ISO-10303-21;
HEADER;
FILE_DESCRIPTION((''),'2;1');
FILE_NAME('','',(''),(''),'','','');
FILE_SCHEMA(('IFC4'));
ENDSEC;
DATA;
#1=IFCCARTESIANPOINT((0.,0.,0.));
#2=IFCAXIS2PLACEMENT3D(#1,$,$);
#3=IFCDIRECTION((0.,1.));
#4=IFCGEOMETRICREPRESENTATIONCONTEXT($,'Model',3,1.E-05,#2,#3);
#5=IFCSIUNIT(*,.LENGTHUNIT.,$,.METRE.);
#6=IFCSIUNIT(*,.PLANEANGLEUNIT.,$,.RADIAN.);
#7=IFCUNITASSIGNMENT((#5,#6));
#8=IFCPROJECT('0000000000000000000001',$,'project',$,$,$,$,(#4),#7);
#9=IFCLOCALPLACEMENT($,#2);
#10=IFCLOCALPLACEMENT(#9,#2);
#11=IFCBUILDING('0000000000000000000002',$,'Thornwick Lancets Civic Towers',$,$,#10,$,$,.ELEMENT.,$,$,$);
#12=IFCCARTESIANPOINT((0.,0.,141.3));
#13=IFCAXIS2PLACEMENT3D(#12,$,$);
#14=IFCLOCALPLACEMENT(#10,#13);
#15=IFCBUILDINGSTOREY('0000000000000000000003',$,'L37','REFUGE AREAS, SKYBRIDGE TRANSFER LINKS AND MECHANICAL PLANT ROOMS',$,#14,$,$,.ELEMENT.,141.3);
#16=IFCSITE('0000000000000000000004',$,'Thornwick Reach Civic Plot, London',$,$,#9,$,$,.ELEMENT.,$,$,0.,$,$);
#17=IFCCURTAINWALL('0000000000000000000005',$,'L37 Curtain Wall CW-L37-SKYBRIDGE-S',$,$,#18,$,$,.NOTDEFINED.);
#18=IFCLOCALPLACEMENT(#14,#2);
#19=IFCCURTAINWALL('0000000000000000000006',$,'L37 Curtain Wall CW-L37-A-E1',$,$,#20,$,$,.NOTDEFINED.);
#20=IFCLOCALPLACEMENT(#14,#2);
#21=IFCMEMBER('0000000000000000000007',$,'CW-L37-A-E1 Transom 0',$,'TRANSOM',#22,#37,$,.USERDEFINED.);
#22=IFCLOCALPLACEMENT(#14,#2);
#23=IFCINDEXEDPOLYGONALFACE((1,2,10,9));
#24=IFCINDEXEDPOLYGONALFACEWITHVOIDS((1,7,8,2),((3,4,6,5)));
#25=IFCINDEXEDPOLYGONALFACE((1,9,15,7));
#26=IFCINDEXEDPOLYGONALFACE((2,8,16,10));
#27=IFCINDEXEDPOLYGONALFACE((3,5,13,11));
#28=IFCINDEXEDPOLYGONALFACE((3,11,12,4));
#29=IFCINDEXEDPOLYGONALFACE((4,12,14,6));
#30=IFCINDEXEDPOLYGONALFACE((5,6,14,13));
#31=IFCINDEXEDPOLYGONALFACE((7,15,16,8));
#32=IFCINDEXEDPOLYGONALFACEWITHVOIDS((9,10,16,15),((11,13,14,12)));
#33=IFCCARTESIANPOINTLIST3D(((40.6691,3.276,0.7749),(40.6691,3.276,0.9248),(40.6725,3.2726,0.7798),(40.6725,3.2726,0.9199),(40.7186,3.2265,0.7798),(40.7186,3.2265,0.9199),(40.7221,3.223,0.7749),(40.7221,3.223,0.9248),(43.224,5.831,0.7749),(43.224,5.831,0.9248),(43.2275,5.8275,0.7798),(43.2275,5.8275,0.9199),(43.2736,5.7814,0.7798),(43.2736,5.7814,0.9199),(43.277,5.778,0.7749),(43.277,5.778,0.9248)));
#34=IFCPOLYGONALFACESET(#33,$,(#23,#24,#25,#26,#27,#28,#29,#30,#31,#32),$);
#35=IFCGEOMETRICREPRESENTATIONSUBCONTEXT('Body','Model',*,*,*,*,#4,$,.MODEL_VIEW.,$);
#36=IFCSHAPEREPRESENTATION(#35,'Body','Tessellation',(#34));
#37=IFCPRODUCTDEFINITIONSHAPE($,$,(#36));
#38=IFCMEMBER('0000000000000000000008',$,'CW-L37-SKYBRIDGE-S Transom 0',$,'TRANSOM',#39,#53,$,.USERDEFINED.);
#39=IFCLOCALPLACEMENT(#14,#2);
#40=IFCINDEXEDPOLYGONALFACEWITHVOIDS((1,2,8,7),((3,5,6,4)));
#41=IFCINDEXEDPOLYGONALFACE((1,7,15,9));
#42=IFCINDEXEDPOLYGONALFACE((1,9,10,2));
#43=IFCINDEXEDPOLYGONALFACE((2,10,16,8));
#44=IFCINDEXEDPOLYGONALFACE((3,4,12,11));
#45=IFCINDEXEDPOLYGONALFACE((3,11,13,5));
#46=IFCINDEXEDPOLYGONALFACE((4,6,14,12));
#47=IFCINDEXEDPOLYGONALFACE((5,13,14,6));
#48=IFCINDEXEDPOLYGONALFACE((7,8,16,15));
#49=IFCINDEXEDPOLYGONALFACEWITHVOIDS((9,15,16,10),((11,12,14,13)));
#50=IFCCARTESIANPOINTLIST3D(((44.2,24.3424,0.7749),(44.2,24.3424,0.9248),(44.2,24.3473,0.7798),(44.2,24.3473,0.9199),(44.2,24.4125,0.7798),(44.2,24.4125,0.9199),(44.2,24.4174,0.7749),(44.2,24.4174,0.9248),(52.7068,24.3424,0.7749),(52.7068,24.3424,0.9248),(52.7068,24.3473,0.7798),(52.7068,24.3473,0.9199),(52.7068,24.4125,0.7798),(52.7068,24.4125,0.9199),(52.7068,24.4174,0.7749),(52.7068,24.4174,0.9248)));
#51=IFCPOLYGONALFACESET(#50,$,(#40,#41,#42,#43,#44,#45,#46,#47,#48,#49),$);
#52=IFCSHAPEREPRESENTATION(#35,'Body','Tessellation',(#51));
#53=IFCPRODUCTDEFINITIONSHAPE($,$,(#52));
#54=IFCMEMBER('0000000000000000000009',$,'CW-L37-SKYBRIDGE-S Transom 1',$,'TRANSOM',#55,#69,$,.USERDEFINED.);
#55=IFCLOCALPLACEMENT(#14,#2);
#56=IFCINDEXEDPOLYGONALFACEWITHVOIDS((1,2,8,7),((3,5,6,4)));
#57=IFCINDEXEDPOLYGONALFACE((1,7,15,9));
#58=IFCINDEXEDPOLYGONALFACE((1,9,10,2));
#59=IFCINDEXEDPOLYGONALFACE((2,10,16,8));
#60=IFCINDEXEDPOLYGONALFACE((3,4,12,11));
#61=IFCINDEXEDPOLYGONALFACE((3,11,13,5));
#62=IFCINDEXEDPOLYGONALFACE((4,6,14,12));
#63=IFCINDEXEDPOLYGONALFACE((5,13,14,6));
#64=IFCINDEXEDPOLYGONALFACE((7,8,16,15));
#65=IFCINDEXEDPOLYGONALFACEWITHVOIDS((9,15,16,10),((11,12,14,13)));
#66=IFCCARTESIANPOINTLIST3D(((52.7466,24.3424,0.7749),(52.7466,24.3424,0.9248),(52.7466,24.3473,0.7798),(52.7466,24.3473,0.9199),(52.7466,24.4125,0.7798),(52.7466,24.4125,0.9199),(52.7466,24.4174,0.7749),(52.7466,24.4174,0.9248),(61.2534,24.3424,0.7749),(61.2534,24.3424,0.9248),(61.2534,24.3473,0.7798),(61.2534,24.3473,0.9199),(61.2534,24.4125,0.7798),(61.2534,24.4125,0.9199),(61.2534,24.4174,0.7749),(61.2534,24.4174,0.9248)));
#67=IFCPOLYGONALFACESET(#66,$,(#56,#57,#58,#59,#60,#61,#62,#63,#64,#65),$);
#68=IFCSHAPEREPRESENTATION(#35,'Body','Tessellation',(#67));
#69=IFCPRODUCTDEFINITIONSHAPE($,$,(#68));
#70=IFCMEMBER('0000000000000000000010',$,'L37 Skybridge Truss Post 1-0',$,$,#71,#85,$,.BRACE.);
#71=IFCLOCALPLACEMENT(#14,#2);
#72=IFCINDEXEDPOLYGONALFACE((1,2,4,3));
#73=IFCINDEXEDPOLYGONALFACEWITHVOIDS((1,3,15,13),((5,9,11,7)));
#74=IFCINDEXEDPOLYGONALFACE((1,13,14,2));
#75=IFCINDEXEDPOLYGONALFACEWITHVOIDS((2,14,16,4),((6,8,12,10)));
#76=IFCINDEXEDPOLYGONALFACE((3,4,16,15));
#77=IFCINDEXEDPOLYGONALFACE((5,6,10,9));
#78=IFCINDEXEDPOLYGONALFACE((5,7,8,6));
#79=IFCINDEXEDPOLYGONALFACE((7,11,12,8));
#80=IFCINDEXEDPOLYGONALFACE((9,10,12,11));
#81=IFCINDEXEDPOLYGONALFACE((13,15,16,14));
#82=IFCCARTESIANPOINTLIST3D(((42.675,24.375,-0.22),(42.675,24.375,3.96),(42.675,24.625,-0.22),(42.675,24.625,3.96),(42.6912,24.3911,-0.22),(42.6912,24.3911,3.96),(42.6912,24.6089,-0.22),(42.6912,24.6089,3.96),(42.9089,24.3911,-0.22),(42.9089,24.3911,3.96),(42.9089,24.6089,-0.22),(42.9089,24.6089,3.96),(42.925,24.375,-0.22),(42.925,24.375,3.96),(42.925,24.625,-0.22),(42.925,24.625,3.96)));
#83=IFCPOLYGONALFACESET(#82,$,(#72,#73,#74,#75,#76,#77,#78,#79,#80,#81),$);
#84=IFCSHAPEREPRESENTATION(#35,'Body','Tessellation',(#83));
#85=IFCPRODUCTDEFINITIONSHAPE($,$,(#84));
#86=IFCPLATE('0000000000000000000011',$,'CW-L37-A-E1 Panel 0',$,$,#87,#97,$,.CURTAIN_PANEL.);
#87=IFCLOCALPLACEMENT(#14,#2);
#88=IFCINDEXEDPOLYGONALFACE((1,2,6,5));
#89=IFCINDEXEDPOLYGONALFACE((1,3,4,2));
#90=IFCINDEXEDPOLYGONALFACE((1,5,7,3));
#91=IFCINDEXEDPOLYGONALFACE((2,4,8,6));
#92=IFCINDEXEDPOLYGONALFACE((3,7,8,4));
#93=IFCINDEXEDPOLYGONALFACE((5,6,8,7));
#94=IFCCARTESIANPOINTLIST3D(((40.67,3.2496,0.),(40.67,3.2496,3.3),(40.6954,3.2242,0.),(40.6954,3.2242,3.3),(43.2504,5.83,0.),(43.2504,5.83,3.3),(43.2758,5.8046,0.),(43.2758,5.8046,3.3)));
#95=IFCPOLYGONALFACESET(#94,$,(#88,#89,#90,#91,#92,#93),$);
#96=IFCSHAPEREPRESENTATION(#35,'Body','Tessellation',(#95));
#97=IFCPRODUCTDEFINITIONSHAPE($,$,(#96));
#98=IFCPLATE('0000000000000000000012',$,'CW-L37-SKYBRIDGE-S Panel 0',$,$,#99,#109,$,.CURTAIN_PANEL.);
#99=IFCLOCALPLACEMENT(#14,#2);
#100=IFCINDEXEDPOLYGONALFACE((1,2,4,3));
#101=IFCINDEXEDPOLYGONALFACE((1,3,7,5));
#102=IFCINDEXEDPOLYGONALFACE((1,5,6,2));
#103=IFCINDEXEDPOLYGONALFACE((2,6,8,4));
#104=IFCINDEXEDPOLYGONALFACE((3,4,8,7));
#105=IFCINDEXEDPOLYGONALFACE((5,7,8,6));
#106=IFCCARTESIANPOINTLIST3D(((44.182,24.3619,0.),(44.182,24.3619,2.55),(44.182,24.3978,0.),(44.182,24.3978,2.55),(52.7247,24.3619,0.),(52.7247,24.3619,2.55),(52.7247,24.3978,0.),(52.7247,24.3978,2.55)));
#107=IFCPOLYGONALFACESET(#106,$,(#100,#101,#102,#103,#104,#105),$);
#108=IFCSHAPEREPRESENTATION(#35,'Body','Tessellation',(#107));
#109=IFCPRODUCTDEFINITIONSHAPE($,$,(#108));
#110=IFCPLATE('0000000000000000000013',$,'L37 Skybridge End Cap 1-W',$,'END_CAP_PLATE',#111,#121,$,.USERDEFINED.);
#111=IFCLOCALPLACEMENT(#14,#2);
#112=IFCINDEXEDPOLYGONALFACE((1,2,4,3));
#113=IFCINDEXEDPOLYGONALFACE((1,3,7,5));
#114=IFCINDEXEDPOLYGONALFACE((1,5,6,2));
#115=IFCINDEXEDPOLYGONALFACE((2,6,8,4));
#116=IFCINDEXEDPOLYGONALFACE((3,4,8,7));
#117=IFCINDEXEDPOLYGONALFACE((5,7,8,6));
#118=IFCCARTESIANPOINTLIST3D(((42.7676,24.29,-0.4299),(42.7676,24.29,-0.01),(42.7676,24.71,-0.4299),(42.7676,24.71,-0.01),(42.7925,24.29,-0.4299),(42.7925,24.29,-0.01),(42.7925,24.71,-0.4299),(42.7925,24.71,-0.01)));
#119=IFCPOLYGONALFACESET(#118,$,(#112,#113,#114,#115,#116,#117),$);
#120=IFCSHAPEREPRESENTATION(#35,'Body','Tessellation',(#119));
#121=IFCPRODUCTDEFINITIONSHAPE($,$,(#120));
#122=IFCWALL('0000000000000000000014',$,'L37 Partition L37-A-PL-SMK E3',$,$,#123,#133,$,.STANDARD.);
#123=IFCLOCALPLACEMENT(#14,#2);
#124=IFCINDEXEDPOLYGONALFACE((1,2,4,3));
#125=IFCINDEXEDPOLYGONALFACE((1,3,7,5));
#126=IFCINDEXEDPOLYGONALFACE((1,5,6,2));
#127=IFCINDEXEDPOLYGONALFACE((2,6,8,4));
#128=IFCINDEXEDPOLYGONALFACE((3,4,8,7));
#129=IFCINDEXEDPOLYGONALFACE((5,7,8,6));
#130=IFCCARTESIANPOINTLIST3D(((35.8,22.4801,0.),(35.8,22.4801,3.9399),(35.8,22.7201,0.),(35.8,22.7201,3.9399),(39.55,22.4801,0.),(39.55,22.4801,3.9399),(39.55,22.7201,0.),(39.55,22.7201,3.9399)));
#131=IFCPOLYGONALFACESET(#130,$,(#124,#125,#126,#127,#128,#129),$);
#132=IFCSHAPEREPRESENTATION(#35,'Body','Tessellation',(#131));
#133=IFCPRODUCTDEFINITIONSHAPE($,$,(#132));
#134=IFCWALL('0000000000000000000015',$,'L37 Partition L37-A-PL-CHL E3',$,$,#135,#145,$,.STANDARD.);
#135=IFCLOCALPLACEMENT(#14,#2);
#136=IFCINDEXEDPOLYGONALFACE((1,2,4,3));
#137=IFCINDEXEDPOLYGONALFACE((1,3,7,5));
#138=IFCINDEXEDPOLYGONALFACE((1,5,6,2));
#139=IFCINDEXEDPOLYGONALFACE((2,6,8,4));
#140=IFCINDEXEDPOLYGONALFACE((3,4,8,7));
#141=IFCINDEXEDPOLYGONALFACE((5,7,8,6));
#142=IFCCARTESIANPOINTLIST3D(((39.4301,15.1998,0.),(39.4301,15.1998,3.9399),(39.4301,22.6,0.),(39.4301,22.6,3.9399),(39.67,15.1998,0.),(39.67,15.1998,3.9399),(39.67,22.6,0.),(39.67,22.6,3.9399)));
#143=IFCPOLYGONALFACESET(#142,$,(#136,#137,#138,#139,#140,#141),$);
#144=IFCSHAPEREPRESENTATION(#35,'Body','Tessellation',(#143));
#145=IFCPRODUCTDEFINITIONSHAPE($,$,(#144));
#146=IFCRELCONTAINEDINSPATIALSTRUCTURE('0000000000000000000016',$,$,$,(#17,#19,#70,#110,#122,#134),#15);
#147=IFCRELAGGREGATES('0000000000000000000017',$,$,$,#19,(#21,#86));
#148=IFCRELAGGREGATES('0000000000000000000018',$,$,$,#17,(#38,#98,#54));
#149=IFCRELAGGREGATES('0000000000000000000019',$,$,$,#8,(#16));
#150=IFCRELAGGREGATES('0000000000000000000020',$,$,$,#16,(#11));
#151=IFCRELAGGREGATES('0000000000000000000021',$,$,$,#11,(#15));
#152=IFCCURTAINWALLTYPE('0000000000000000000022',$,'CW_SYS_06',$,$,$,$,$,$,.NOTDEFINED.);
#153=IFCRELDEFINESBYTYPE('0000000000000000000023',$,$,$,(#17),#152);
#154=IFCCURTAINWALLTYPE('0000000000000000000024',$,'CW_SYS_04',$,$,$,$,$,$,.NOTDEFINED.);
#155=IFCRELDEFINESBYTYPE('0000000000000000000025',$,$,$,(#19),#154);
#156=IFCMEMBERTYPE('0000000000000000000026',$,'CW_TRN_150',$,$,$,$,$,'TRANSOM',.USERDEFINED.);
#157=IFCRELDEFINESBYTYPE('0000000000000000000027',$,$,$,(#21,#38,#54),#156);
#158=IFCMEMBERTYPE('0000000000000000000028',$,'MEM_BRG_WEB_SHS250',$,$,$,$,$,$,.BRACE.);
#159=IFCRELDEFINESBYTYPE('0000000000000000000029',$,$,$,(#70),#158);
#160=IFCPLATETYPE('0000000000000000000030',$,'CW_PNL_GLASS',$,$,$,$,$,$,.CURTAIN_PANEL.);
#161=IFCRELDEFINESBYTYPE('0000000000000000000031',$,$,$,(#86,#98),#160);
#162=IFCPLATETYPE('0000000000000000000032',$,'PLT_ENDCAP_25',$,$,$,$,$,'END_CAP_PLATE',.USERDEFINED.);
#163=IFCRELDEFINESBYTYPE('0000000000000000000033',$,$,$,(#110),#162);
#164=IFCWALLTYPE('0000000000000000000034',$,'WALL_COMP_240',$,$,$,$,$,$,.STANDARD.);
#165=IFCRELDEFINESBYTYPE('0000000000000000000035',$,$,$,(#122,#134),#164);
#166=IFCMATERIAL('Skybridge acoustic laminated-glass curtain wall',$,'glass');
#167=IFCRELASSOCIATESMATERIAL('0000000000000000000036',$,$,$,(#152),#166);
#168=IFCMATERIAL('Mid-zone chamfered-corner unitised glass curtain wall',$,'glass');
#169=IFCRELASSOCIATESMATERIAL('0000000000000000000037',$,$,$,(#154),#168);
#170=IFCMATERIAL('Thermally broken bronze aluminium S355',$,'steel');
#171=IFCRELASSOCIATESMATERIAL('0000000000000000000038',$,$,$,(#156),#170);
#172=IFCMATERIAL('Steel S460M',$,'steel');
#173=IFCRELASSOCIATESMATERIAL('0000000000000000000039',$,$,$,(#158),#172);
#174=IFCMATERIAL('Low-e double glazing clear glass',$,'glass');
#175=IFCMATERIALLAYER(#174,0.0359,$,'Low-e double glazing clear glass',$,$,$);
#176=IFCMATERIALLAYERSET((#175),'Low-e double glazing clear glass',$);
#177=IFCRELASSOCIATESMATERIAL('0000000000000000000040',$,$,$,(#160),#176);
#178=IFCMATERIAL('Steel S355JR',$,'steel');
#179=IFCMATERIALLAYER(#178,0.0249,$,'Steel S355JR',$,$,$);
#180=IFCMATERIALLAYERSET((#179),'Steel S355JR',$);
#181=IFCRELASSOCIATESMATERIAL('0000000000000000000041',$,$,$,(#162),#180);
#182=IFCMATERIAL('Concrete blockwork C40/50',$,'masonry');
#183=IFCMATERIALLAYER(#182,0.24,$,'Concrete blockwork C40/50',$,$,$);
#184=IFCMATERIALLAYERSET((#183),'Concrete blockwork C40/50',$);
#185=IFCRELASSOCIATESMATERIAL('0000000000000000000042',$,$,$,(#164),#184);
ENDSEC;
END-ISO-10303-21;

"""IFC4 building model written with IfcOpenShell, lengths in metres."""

from ifc_helpers import new_model, si_unit, direction, frame, frame_2d, origin, origin_2d, place, context, subcontext, project, spatial, rectangle, hollow_rectangle, extrude, material, layer, layer_set, material_profile, profile_set, type_object, element, aggregate, save


model = new_model("IFC4")

# Units and contexts
model_context = context("Model", 3, precision=1e-05, world=origin(), true_north=direction((0.0, 1.0)))
body_context = subcontext(model_context, "Body", "Model", "MODEL_VIEW")
ifc_project = project(units=[si_unit("LENGTHUNIT", "METRE"), si_unit("PLANEANGLEUNIT", "RADIAN")], contexts=[model_context])

# Site, building, storey
site_placement = place(None, origin())
site = spatial("IfcSite", under=ifc_project, at=site_placement, Name="Thornwick Reach Civic Plot, London", CompositionType="ELEMENT", RefElevation=0.0)
building_placement = place(site_placement, origin())
building = spatial("IfcBuilding", under=site, at=building_placement, Name="Thornwick Lancets Civic Towers", CompositionType="ELEMENT")
storey_placement = place(building_placement, frame((0.0, 0.0, 141.3)))
storey = spatial("IfcBuildingStorey", under=building, at=storey_placement, Name="L37", Description="REFUGE AREAS, SKYBRIDGE TRANSFER LINKS AND MECHANICAL PLANT ROOMS", CompositionType="ELEMENT", Elevation=141.3)

# Shared definitions
ifc_material_1 = material(Name="Steel S355JR", Category="steel")
ifc_material_2 = material(Name="Steel S460M", Category="steel")

# Curtain walls, member
ifc_material_3 = material(Name="Skybridge acoustic laminated-glass curtain wall", Category="glass")
curtain_wall_type_1 = type_object("IfcCurtainWallType", Name="CW_SYS_06", PredefinedType="NOTDEFINED", material=ifc_material_3)
curtain_wall_1_placement = place(storey_placement, origin())
curtain_wall_1 = element("IfcCurtainWall", 1, at=curtain_wall_1_placement, inside=storey, type_object=curtain_wall_type_1, Name="L37 Curtain Wall CW-L37-SKYBRIDGE-S", PredefinedType="NOTDEFINED")
ifc_material_4 = material(Name="Thermally broken bronze aluminium S355", Category="steel")
ifc_material_5 = material(Name="Mid-zone chamfered-corner unitised glass curtain wall", Category="glass")
curtain_wall_type_2 = type_object("IfcCurtainWallType", Name="CW_SYS_04", PredefinedType="NOTDEFINED", material=ifc_material_5)
curtain_wall_2_placement = place(storey_placement, origin())
curtain_wall_2 = element("IfcCurtainWall", 2, at=curtain_wall_2_placement, inside=storey, type_object=curtain_wall_type_2, Name="L37 Curtain Wall CW-L37-A-E1", PredefinedType="NOTDEFINED")
ifc_material_profile_1 = material_profile(ifc_material_4, hollow_rectangle(XDim=0.075, YDim=0.1499, WallThickness=0.0049, at=origin_2d()), Name="RHS 150x75x5")
ifc_profile_set_1 = profile_set([ifc_material_profile_1], Name="Thermally broken bronze aluminium S355")
member_type_1 = type_object("IfcMemberType", Name="CW_TRN_150", ElementType="TRANSOM", PredefinedType="USERDEFINED", material=ifc_profile_set_1)
member_1_placement = place(storey_placement, frame((40.6956, 3.2495, 0.8499), z_axis=(0.707107, 0.707107, 0.0), x_axis=(-0.707107, 0.707107, 0.0)))
member_1 = element("IfcMember", 3, at=member_1_placement, type_object=member_type_1, Name="CW-L37-A-E1 Transom 0", ObjectType="TRANSOM", PredefinedType="USERDEFINED", context=body_context, shape_type="SweptSolid", body=[
    extrude(hollow_rectangle(XDim=0.075, YDim=0.1499, WallThickness=0.0049, at=origin_2d()), origin(), (0.0, 0.0, 1.0), 3.6133),
])

# Members
member_2_placement = place(storey_placement, frame((44.2, 24.3799, 0.8499), z_axis=(1.0, 0.0, 0.0), x_axis=(0.0, 1.0, 0.0)))
member_2 = element("IfcMember", 4, at=member_2_placement, type_object=member_type_1, Name="CW-L37-SKYBRIDGE-S Transom 0", ObjectType="TRANSOM", PredefinedType="USERDEFINED", context=body_context, shape_type="SweptSolid", body=[
    extrude(hollow_rectangle(XDim=0.075, YDim=0.1499, WallThickness=0.0049, at=origin_2d()), origin(), (0.0, 0.0, 1.0), 8.5068),
])
member_3_placement = place(storey_placement, frame((52.7466, 24.3799, 0.8499), z_axis=(1.0, 0.0, 0.0), x_axis=(0.0, 1.0, 0.0)))
member_3 = element("IfcMember", 5, at=member_3_placement, type_object=member_type_1, Name="CW-L37-SKYBRIDGE-S Transom 1", ObjectType="TRANSOM", PredefinedType="USERDEFINED", context=body_context, shape_type="SweptSolid", body=[
    extrude(hollow_rectangle(XDim=0.075, YDim=0.1499, WallThickness=0.0049, at=origin_2d()), origin(), (0.0, 0.0, 1.0), 8.5068),
])
ifc_material_profile_2 = material_profile(ifc_material_2, hollow_rectangle(XDim=0.25, YDim=0.25, WallThickness=0.0161, at=origin_2d()), Name="SHS 250x250x16")
ifc_profile_set_2 = profile_set([ifc_material_profile_2], Name="Steel S460M")
member_type_2 = type_object("IfcMemberType", Name="MEM_BRG_WEB_SHS250", PredefinedType="BRACE", material=ifc_profile_set_2)
member_4_placement = place(storey_placement, frame((42.8, 24.5, -0.22), z_axis=(0.0, 0.0, 1.0), x_axis=(1.0, 0.0, 0.0)))
element("IfcMember", 6, at=member_4_placement, inside=storey, type_object=member_type_2, Name="L37 Skybridge Truss Post 1-0", PredefinedType="BRACE", context=body_context, shape_type="SweptSolid", body=[
    extrude(hollow_rectangle(XDim=0.25, YDim=0.25, WallThickness=0.0161, at=origin_2d()), origin(), (0.0, 0.0, 1.0), 4.1799),
])

# Plates
ifc_material_6 = material(Name="Low-e double glazing clear glass", Category="glass")
ifc_layer_1 = layer(ifc_material_6, 0.0359, Name="Low-e double glazing clear glass")
ifc_layer_set_1 = layer_set([ifc_layer_1], Name="Low-e double glazing clear glass")
plate_type_1 = type_object("IfcPlateType", Name="CW_PNL_GLASS", PredefinedType="CURTAIN_PANEL", material=ifc_layer_set_1)
plate_1_placement = place(storey_placement, frame((41.9729, 4.5271, 0.0), z_axis=(0.0, 0.0, 1.0), x_axis=(0.707107, 0.707107, 0.0)))
plate_1 = element("IfcPlate", 7, at=plate_1_placement, type_object=plate_type_1, Name="CW-L37-A-E1 Panel 0", PredefinedType="CURTAIN_PANEL", context=body_context, shape_type="SweptSolid", body=[
    extrude(rectangle(XDim=3.6492, YDim=0.0359, at=origin_2d()), origin(), (0.0, 0.0, 1.0), 3.3),
])
aggregate(curtain_wall_2, [member_1, plate_1])
plate_2_placement = place(storey_placement, frame((48.4534, 24.3799, 0.0), z_axis=(0.0, 0.0, 1.0), x_axis=(1.0, 0.0, 0.0)))
plate_2 = element("IfcPlate", 8, at=plate_2_placement, type_object=plate_type_1, Name="CW-L37-SKYBRIDGE-S Panel 0", PredefinedType="CURTAIN_PANEL", context=body_context, shape_type="SweptSolid", body=[
    extrude(rectangle(XDim=8.5427, YDim=0.0359, at=origin_2d()), origin(), (0.0, 0.0, 1.0), 2.55),
])
aggregate(curtain_wall_1, [member_2, plate_2, member_3])
ifc_layer_2 = layer(ifc_material_1, 0.0249, Name="Steel S355JR")
ifc_layer_set_2 = layer_set([ifc_layer_2], Name="Steel S355JR")
plate_type_2 = type_object("IfcPlateType", Name="PLT_ENDCAP_25", ElementType="END_CAP_PLATE", PredefinedType="USERDEFINED", material=ifc_layer_set_2)
plate_3_placement = place(storey_placement, frame((42.78, 24.5, -0.4299), z_axis=(0.0, 0.0, 1.0), x_axis=(1.0, 0.0, 0.0)))
element("IfcPlate", 9, at=plate_3_placement, inside=storey, type_object=plate_type_2, Name="L37 Skybridge End Cap 1-W", ObjectType="END_CAP_PLATE", PredefinedType="USERDEFINED", context=body_context, shape_type="SweptSolid", body=[
    extrude(rectangle(XDim=0.0249, YDim=0.4199, at=origin_2d()), origin(), (0.0, 0.0, 1.0), 0.4199),
])

# Walls
ifc_material_7 = material(Name="Concrete blockwork C40/50", Category="masonry")
ifc_layer_3 = layer(ifc_material_7, 0.24, Name="Concrete blockwork C40/50")
ifc_layer_set_3 = layer_set([ifc_layer_3], Name="Concrete blockwork C40/50")
wall_type_1 = type_object("IfcWallType", Name="WALL_COMP_240", PredefinedType="STANDARD", material=ifc_layer_set_3)
wall_1_placement = place(storey_placement, frame((39.55, 22.6001, 0.0), z_axis=(0.0, 0.0, 1.0), x_axis=(-1.0, 0.0, 0.0)))
element("IfcWall", 10, at=wall_1_placement, inside=storey, type_object=wall_type_1, Name="L37 Partition L37-A-PL-SMK E3", PredefinedType="STANDARD", context=body_context, shape_type="SweptSolid", body=[
    extrude(rectangle(XDim=3.75, YDim=0.24, at=frame_2d((1.875, 0.0))), origin(), (0.0, 0.0, 1.0), 3.9399),
])
wall_2_placement = place(storey_placement, frame((39.55, 22.6001, 0.0), z_axis=(0.0, 0.0, 1.0), x_axis=(0.0, -1.0, 0.0)))
element("IfcWall", 11, at=wall_2_placement, inside=storey, type_object=wall_type_1, Name="L37 Partition L37-A-PL-CHL E3", PredefinedType="STANDARD", context=body_context, shape_type="SweptSolid", body=[
    extrude(rectangle(XDim=7.4001, YDim=0.24, at=frame_2d((3.7002, 0.0))), origin(), (0.0, 0.0, 1.0), 3.9399),
])

save(model, "model.ifc")
